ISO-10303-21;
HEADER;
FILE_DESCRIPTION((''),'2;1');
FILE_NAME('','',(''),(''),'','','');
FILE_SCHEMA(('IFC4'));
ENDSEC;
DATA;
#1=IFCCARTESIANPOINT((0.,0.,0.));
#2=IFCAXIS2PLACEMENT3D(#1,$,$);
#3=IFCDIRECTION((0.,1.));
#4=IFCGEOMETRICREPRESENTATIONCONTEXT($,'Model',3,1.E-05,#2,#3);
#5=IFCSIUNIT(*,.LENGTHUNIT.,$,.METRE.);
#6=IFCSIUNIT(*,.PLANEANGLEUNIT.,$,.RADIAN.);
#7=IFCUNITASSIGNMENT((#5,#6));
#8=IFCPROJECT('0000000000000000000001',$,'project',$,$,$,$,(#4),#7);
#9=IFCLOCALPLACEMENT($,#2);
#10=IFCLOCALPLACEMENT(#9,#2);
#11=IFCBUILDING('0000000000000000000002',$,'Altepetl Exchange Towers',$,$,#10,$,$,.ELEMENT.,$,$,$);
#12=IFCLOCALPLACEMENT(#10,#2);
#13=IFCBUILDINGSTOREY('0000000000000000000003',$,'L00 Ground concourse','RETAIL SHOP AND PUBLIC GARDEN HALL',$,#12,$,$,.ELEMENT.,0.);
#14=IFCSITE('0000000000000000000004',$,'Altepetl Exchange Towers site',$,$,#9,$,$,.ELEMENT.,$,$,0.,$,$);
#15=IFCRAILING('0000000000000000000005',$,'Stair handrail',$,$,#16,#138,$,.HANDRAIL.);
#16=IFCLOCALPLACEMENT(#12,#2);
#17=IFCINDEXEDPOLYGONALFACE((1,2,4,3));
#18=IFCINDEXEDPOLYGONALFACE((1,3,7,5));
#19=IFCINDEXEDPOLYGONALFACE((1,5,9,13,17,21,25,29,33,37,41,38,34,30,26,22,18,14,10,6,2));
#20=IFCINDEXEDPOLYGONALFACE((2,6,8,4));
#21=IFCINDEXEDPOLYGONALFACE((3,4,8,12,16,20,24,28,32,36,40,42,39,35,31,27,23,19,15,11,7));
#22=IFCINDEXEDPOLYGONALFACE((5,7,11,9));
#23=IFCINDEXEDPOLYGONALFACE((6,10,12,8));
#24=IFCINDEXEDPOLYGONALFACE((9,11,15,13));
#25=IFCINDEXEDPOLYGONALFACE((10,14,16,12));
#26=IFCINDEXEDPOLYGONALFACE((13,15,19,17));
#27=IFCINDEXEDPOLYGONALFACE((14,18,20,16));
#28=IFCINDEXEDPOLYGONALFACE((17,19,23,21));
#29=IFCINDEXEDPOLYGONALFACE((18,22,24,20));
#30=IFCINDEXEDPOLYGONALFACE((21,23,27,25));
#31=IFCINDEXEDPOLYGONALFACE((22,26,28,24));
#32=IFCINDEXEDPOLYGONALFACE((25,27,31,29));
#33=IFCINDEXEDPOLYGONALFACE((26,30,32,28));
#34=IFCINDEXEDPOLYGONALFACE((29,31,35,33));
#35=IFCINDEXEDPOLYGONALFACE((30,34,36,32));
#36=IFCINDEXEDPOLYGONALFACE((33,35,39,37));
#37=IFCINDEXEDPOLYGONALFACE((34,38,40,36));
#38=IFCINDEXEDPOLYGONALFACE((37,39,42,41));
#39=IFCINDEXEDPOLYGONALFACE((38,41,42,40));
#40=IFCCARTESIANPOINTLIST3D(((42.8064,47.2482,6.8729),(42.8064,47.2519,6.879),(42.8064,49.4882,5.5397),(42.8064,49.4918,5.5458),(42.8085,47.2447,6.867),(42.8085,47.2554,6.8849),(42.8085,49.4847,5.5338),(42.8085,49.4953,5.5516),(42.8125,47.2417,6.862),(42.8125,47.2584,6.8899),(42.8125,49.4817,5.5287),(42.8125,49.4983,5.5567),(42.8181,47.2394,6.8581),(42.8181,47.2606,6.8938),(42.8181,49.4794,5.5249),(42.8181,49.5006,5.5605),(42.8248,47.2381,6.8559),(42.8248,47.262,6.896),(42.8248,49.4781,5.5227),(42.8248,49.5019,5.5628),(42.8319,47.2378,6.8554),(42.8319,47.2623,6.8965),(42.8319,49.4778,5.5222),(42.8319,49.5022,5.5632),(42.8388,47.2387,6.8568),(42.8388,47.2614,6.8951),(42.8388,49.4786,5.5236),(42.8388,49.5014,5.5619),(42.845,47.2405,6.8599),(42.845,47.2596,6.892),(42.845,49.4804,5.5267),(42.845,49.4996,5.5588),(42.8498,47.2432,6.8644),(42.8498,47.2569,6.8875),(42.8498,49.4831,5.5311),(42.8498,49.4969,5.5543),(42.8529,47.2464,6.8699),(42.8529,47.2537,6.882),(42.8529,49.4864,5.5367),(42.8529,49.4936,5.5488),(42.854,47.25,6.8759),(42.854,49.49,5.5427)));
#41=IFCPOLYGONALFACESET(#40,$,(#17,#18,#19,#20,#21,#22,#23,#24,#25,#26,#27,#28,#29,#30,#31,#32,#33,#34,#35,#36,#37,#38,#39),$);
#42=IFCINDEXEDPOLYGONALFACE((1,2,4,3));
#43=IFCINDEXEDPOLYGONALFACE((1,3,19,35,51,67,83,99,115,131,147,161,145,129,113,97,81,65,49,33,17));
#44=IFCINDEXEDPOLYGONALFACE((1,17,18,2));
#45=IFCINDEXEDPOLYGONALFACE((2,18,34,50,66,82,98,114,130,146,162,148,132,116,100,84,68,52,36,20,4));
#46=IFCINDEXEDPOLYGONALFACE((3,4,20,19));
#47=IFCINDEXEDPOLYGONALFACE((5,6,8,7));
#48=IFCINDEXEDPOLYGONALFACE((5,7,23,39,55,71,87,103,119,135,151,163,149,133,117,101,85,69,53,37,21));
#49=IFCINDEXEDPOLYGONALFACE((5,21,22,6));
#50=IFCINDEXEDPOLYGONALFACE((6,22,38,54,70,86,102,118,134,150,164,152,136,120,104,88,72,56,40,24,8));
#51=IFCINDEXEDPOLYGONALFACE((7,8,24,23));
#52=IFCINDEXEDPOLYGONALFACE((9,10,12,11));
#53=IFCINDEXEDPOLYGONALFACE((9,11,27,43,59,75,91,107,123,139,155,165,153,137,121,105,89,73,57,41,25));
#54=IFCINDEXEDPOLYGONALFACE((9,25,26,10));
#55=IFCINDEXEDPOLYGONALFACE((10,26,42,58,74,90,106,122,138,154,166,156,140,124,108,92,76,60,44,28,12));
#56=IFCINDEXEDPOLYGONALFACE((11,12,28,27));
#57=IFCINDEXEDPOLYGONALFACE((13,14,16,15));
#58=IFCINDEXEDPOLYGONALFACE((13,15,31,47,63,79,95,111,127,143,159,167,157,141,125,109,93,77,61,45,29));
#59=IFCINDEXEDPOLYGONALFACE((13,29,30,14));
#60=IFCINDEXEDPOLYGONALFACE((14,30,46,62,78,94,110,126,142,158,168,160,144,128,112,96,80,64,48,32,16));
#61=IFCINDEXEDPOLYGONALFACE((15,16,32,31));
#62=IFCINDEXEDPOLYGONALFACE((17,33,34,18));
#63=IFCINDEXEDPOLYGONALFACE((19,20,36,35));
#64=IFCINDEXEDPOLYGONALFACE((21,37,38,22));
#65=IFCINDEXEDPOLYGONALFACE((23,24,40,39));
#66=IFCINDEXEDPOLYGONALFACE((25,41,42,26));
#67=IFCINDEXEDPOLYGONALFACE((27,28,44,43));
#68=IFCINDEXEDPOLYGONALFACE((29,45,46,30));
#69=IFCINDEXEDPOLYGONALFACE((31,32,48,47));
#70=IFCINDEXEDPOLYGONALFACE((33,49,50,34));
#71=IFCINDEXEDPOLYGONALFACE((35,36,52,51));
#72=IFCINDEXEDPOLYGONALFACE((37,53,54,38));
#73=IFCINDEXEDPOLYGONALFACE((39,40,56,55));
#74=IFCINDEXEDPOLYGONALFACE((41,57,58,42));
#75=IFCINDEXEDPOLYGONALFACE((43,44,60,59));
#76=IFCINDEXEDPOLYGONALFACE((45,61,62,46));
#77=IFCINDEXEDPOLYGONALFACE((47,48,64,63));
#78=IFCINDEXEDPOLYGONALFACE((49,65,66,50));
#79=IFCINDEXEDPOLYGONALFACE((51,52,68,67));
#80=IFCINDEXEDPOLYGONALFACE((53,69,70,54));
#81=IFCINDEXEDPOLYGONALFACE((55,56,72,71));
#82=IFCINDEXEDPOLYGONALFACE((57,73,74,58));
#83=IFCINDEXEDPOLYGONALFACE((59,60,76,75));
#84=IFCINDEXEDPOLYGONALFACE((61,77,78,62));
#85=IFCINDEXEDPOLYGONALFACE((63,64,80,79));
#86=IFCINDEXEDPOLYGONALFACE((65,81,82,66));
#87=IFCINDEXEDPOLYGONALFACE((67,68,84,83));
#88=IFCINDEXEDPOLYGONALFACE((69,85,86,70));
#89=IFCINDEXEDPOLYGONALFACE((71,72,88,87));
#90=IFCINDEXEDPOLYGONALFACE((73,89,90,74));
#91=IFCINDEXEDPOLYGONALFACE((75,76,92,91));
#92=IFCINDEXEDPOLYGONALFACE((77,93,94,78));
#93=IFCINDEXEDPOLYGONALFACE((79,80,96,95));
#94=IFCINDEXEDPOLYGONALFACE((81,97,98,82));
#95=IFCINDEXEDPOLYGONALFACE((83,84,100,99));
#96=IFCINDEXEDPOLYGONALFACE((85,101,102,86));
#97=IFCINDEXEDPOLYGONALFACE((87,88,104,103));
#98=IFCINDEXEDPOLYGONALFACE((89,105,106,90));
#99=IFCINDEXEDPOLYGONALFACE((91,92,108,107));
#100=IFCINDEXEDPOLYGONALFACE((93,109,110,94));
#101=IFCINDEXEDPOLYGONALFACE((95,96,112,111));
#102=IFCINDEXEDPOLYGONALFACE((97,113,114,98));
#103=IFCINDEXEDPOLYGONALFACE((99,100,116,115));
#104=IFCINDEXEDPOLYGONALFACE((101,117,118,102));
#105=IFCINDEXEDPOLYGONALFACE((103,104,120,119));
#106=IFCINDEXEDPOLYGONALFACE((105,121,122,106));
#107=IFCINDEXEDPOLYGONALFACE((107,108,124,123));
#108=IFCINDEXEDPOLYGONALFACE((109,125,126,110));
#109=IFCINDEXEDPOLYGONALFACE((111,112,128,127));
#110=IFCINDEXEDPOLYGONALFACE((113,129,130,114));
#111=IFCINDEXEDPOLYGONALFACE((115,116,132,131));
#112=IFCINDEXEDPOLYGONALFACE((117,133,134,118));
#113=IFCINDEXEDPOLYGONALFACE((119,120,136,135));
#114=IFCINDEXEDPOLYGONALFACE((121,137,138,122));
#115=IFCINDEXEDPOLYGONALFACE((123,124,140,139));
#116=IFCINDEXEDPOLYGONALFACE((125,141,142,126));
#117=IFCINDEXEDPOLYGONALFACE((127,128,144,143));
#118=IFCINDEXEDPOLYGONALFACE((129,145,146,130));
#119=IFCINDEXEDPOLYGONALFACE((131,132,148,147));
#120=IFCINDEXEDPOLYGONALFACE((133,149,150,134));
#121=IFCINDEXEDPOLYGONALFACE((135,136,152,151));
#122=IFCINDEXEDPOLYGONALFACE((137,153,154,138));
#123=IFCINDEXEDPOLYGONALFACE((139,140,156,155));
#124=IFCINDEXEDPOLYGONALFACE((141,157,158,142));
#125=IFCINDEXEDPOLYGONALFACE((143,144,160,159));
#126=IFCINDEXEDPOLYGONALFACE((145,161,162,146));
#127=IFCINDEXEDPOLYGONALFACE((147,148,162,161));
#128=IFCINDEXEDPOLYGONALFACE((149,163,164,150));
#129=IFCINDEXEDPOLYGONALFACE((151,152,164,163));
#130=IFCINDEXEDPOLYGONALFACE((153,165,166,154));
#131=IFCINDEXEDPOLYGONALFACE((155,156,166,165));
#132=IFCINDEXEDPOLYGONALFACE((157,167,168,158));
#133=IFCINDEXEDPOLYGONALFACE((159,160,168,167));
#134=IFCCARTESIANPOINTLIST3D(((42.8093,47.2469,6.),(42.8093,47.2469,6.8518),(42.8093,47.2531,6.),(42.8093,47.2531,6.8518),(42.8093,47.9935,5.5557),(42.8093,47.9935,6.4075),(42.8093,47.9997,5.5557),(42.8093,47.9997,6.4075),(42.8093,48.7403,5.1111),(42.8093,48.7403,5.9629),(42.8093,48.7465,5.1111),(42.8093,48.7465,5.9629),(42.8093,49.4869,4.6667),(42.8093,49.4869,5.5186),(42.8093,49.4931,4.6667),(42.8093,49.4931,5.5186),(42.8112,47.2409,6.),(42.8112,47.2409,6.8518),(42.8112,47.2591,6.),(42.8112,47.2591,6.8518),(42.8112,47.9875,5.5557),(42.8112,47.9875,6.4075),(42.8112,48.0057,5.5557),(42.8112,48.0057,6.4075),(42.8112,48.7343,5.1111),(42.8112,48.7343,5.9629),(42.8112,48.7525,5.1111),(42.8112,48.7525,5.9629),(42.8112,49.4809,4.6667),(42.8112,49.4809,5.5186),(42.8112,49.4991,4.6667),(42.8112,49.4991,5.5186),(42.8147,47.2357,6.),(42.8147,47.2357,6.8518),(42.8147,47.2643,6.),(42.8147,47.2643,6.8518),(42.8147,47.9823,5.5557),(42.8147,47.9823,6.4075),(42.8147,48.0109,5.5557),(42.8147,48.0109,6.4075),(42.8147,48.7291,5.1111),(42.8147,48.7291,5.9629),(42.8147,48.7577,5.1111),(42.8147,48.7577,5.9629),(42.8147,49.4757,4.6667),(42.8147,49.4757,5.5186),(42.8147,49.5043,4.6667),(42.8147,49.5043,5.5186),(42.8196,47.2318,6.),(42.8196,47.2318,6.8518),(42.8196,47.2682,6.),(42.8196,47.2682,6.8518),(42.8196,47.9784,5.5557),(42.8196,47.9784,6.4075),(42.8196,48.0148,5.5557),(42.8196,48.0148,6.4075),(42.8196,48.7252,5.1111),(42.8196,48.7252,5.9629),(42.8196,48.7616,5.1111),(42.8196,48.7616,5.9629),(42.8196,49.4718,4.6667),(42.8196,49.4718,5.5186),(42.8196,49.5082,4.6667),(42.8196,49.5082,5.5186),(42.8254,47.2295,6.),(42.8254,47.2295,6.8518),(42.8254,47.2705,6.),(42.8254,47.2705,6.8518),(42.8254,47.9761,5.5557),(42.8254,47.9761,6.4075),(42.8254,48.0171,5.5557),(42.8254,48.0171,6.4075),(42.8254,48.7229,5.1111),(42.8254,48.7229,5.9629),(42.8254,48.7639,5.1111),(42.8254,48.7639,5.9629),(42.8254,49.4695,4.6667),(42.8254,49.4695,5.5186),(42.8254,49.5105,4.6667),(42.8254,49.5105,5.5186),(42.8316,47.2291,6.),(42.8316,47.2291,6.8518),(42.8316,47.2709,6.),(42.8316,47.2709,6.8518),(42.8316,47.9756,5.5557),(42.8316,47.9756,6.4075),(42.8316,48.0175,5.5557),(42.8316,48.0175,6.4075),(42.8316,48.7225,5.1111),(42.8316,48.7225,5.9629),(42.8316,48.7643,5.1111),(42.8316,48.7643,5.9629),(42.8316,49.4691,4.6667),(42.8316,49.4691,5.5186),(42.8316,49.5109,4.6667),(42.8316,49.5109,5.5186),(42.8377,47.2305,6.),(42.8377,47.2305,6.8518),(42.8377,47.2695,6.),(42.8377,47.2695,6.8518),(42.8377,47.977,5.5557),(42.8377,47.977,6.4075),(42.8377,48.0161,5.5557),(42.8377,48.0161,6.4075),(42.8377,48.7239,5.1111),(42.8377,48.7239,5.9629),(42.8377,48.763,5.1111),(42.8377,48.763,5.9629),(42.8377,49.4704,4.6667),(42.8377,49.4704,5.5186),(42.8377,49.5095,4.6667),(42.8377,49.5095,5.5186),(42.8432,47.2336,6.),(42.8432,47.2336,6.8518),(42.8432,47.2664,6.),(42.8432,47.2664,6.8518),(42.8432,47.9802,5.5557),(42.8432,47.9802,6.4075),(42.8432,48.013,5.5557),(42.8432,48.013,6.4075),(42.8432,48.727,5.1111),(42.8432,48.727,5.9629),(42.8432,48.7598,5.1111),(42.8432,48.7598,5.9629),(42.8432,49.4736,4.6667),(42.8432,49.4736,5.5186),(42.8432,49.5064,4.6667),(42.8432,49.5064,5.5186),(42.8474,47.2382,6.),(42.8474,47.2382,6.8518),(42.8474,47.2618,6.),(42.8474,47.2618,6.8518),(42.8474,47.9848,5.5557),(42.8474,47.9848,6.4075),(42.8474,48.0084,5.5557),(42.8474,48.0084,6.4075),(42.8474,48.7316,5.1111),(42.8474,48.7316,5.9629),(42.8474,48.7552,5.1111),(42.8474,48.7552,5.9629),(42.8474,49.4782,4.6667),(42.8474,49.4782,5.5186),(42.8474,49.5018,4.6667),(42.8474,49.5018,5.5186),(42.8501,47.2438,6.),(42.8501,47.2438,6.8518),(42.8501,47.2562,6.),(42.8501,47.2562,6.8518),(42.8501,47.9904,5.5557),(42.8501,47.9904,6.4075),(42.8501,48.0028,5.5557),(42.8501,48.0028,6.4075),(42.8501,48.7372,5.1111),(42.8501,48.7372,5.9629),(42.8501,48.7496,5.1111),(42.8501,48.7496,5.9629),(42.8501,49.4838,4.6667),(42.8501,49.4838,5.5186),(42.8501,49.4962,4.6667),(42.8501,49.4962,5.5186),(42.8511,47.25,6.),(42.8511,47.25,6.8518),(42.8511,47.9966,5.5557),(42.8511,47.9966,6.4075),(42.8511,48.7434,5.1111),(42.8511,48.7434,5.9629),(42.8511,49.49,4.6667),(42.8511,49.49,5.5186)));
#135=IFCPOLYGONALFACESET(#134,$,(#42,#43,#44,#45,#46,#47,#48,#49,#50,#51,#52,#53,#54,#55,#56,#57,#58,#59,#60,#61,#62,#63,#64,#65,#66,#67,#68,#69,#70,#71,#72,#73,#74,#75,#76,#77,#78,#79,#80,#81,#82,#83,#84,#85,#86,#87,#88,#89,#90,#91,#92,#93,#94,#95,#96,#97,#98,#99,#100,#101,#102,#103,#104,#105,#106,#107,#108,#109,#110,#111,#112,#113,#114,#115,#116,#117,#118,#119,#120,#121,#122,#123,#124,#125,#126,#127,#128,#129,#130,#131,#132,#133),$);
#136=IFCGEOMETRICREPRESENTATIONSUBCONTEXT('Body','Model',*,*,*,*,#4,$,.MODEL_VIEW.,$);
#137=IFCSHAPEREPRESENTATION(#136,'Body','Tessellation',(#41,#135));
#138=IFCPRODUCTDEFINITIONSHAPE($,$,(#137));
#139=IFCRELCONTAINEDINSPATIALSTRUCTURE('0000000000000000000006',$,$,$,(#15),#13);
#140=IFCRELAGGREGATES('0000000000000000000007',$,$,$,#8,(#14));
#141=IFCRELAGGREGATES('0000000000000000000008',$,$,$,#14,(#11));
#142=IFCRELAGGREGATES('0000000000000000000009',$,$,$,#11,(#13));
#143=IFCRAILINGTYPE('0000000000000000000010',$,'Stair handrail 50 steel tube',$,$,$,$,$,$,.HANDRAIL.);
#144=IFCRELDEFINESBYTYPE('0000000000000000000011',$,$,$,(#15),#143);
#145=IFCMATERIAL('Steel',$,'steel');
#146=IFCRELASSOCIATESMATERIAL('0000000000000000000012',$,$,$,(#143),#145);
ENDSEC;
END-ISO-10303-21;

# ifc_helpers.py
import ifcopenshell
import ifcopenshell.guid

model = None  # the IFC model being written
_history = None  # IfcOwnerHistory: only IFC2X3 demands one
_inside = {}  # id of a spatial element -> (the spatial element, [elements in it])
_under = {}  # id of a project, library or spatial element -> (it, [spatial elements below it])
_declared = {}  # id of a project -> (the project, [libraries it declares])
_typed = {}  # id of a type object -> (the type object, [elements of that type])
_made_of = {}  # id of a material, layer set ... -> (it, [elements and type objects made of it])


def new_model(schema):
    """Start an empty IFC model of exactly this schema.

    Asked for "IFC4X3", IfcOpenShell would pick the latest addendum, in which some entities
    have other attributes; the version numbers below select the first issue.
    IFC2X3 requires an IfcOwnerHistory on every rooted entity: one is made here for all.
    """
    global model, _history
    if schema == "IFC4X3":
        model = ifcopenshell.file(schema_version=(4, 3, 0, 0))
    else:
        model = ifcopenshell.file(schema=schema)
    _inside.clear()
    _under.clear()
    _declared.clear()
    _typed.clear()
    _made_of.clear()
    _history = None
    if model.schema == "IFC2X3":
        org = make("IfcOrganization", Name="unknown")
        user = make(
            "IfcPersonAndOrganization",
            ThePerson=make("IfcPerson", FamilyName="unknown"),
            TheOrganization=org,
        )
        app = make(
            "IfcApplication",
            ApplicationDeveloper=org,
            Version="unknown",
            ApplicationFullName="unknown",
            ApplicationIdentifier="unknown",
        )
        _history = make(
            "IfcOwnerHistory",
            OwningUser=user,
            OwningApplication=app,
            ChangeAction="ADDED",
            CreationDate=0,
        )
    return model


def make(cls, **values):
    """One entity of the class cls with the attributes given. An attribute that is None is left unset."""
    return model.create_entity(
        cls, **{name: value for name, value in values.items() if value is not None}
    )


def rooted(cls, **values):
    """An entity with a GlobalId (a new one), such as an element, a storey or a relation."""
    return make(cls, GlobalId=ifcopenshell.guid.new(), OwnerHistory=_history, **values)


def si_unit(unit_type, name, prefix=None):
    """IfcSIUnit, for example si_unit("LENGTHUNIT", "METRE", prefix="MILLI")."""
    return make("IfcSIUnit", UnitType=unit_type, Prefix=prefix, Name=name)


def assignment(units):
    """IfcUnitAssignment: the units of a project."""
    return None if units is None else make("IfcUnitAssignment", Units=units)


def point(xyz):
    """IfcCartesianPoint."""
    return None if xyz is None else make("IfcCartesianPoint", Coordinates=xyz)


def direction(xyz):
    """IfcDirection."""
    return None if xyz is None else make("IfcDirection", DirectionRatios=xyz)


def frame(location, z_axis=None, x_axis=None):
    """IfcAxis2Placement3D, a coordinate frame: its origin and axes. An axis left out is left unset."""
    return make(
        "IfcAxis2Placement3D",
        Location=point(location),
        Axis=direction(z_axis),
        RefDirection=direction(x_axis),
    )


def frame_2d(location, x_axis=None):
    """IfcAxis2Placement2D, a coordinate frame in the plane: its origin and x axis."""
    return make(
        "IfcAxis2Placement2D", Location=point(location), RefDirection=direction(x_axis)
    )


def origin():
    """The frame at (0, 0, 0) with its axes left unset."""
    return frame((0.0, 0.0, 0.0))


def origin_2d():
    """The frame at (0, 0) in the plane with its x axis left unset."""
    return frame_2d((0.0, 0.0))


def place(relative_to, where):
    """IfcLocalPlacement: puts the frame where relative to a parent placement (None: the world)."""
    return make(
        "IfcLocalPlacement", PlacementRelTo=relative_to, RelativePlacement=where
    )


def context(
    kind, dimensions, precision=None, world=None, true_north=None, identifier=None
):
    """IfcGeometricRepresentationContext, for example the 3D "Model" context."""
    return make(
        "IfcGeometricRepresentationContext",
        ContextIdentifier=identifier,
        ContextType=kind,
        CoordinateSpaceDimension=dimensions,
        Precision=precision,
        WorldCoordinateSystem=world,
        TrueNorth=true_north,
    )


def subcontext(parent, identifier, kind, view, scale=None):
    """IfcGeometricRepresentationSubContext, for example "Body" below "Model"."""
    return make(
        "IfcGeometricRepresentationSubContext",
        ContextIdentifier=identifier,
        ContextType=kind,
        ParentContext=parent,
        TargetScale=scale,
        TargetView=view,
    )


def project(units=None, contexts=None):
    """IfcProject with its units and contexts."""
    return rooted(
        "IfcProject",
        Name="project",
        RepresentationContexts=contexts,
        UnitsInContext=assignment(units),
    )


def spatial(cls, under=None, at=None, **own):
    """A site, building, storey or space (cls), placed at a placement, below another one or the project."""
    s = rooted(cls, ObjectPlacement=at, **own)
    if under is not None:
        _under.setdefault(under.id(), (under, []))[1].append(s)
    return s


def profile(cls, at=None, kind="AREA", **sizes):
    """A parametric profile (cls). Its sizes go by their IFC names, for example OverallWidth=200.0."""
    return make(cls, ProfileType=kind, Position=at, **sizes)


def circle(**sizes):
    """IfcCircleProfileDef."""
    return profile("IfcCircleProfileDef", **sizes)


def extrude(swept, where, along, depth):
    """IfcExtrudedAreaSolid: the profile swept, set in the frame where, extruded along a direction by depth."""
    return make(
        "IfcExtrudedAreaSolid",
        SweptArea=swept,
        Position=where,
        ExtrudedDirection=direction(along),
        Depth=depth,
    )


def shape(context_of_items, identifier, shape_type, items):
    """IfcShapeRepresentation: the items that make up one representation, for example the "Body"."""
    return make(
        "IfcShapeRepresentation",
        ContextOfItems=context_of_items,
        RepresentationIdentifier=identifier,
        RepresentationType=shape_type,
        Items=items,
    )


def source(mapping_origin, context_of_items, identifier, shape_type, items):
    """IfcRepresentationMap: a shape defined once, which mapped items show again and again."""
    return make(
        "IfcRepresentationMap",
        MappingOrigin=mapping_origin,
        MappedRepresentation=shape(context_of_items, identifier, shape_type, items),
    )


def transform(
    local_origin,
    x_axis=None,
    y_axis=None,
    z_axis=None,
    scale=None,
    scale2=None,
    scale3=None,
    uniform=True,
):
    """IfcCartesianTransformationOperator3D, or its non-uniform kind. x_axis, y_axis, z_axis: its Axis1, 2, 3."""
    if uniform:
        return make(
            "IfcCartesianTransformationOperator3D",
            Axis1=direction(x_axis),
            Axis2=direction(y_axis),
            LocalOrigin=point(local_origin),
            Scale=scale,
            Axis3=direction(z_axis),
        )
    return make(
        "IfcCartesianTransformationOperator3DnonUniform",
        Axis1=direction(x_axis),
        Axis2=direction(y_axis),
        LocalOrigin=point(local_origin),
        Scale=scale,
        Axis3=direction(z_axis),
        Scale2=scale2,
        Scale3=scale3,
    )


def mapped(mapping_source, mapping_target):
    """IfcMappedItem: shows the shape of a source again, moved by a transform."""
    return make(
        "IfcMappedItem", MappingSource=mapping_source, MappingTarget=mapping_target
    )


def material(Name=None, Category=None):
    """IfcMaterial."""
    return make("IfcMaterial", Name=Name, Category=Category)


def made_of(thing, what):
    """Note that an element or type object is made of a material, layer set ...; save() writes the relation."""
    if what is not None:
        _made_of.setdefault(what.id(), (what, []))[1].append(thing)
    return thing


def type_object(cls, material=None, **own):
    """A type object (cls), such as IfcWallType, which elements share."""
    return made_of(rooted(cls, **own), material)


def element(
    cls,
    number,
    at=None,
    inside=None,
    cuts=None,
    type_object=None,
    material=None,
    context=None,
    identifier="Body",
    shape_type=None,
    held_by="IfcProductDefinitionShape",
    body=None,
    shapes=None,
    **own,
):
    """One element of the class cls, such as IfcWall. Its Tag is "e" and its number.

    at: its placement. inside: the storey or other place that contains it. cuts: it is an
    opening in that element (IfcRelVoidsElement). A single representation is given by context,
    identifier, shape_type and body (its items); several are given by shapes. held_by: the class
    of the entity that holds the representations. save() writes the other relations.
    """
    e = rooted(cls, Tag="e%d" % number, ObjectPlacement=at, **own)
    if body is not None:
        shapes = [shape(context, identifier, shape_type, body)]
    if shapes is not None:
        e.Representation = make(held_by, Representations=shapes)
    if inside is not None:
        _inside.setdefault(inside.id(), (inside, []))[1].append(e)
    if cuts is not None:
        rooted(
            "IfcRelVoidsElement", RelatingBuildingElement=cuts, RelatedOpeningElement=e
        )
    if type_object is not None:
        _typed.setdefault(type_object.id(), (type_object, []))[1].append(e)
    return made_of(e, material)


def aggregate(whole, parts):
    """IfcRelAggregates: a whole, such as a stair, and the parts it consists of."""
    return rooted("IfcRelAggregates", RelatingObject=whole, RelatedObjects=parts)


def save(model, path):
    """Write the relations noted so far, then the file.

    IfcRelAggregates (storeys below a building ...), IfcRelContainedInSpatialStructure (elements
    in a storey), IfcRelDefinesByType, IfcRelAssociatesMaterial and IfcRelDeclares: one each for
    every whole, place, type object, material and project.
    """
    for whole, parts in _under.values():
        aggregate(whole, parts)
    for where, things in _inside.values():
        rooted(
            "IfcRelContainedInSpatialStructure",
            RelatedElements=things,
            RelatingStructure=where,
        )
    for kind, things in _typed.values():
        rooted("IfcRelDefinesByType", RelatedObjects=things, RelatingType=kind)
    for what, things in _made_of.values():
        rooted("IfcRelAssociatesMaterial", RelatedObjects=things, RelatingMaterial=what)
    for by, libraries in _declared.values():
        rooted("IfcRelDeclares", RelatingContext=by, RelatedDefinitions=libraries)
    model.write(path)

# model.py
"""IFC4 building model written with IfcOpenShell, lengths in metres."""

from ifc_helpers import new_model, si_unit, direction, frame, origin, origin_2d, place, context, subcontext, project, spatial, circle, extrude, source, transform, mapped, material, type_object, element, save


model = new_model("IFC4")

# Units and contexts
model_context = context("Model", 3, precision=1e-05, world=origin(), true_north=direction((0.0, 1.0)))
body_context = subcontext(model_context, "Body", "Model", "MODEL_VIEW")
ifc_project = project(units=[si_unit("LENGTHUNIT", "METRE"), si_unit("PLANEANGLEUNIT", "RADIAN")], contexts=[model_context])

# Site, building, storey
site_placement = place(None, origin())
site = spatial("IfcSite", under=ifc_project, at=site_placement, Name="Altepetl Exchange Towers site", CompositionType="ELEMENT", RefElevation=0.0)
building_placement = place(site_placement, origin())
building = spatial("IfcBuilding", under=site, at=building_placement, Name="Altepetl Exchange Towers", CompositionType="ELEMENT")
storey_placement = place(building_placement, origin())
storey = spatial("IfcBuildingStorey", under=building, at=storey_placement, Name="L00 Ground concourse", Description="RETAIL SHOP AND PUBLIC GARDEN HALL", CompositionType="ELEMENT", Elevation=0.0)

# Railing
ifc_material_1 = material(Name="Steel", Category="steel")
railing_type = type_object("IfcRailingType", Name="Stair handrail 50 steel tube", PredefinedType="HANDRAIL", material=ifc_material_1)
shared_shape = source(origin(), body_context, "Body", "SweptSolid", [
    extrude(circle(Radius=0.021, at=origin_2d()), origin(), (0.0, 0.0, 1.0), 0.8518),
])
railing_1_placement = place(storey_placement, frame((42.8301, 49.49, 4.6667)))
element("IfcRailing", 1, at=railing_1_placement, inside=storey, type_object=railing_type, Name="Stair handrail", PredefinedType="HANDRAIL", context=body_context, shape_type="SweptSolid", body=[
    extrude(circle(Radius=0.0239, at=origin_2d()), frame((0.0, 0.0, 0.876), z_axis=(0.0, -0.859306, 0.511462), x_axis=(1.0, 0.0, 0.0)), (0.0, 0.0, 1.0), 2.6067),
    mapped(shared_shape, transform((0.0, 0.0, 0.0))),
    mapped(shared_shape, transform((0.0, -0.7466, 0.4443))),
    mapped(shared_shape, transform((0.0, -1.4934, 0.8889))),
    mapped(shared_shape, transform((0.0, -2.24, 1.3333))),
])

save(model, "model.ifc")
